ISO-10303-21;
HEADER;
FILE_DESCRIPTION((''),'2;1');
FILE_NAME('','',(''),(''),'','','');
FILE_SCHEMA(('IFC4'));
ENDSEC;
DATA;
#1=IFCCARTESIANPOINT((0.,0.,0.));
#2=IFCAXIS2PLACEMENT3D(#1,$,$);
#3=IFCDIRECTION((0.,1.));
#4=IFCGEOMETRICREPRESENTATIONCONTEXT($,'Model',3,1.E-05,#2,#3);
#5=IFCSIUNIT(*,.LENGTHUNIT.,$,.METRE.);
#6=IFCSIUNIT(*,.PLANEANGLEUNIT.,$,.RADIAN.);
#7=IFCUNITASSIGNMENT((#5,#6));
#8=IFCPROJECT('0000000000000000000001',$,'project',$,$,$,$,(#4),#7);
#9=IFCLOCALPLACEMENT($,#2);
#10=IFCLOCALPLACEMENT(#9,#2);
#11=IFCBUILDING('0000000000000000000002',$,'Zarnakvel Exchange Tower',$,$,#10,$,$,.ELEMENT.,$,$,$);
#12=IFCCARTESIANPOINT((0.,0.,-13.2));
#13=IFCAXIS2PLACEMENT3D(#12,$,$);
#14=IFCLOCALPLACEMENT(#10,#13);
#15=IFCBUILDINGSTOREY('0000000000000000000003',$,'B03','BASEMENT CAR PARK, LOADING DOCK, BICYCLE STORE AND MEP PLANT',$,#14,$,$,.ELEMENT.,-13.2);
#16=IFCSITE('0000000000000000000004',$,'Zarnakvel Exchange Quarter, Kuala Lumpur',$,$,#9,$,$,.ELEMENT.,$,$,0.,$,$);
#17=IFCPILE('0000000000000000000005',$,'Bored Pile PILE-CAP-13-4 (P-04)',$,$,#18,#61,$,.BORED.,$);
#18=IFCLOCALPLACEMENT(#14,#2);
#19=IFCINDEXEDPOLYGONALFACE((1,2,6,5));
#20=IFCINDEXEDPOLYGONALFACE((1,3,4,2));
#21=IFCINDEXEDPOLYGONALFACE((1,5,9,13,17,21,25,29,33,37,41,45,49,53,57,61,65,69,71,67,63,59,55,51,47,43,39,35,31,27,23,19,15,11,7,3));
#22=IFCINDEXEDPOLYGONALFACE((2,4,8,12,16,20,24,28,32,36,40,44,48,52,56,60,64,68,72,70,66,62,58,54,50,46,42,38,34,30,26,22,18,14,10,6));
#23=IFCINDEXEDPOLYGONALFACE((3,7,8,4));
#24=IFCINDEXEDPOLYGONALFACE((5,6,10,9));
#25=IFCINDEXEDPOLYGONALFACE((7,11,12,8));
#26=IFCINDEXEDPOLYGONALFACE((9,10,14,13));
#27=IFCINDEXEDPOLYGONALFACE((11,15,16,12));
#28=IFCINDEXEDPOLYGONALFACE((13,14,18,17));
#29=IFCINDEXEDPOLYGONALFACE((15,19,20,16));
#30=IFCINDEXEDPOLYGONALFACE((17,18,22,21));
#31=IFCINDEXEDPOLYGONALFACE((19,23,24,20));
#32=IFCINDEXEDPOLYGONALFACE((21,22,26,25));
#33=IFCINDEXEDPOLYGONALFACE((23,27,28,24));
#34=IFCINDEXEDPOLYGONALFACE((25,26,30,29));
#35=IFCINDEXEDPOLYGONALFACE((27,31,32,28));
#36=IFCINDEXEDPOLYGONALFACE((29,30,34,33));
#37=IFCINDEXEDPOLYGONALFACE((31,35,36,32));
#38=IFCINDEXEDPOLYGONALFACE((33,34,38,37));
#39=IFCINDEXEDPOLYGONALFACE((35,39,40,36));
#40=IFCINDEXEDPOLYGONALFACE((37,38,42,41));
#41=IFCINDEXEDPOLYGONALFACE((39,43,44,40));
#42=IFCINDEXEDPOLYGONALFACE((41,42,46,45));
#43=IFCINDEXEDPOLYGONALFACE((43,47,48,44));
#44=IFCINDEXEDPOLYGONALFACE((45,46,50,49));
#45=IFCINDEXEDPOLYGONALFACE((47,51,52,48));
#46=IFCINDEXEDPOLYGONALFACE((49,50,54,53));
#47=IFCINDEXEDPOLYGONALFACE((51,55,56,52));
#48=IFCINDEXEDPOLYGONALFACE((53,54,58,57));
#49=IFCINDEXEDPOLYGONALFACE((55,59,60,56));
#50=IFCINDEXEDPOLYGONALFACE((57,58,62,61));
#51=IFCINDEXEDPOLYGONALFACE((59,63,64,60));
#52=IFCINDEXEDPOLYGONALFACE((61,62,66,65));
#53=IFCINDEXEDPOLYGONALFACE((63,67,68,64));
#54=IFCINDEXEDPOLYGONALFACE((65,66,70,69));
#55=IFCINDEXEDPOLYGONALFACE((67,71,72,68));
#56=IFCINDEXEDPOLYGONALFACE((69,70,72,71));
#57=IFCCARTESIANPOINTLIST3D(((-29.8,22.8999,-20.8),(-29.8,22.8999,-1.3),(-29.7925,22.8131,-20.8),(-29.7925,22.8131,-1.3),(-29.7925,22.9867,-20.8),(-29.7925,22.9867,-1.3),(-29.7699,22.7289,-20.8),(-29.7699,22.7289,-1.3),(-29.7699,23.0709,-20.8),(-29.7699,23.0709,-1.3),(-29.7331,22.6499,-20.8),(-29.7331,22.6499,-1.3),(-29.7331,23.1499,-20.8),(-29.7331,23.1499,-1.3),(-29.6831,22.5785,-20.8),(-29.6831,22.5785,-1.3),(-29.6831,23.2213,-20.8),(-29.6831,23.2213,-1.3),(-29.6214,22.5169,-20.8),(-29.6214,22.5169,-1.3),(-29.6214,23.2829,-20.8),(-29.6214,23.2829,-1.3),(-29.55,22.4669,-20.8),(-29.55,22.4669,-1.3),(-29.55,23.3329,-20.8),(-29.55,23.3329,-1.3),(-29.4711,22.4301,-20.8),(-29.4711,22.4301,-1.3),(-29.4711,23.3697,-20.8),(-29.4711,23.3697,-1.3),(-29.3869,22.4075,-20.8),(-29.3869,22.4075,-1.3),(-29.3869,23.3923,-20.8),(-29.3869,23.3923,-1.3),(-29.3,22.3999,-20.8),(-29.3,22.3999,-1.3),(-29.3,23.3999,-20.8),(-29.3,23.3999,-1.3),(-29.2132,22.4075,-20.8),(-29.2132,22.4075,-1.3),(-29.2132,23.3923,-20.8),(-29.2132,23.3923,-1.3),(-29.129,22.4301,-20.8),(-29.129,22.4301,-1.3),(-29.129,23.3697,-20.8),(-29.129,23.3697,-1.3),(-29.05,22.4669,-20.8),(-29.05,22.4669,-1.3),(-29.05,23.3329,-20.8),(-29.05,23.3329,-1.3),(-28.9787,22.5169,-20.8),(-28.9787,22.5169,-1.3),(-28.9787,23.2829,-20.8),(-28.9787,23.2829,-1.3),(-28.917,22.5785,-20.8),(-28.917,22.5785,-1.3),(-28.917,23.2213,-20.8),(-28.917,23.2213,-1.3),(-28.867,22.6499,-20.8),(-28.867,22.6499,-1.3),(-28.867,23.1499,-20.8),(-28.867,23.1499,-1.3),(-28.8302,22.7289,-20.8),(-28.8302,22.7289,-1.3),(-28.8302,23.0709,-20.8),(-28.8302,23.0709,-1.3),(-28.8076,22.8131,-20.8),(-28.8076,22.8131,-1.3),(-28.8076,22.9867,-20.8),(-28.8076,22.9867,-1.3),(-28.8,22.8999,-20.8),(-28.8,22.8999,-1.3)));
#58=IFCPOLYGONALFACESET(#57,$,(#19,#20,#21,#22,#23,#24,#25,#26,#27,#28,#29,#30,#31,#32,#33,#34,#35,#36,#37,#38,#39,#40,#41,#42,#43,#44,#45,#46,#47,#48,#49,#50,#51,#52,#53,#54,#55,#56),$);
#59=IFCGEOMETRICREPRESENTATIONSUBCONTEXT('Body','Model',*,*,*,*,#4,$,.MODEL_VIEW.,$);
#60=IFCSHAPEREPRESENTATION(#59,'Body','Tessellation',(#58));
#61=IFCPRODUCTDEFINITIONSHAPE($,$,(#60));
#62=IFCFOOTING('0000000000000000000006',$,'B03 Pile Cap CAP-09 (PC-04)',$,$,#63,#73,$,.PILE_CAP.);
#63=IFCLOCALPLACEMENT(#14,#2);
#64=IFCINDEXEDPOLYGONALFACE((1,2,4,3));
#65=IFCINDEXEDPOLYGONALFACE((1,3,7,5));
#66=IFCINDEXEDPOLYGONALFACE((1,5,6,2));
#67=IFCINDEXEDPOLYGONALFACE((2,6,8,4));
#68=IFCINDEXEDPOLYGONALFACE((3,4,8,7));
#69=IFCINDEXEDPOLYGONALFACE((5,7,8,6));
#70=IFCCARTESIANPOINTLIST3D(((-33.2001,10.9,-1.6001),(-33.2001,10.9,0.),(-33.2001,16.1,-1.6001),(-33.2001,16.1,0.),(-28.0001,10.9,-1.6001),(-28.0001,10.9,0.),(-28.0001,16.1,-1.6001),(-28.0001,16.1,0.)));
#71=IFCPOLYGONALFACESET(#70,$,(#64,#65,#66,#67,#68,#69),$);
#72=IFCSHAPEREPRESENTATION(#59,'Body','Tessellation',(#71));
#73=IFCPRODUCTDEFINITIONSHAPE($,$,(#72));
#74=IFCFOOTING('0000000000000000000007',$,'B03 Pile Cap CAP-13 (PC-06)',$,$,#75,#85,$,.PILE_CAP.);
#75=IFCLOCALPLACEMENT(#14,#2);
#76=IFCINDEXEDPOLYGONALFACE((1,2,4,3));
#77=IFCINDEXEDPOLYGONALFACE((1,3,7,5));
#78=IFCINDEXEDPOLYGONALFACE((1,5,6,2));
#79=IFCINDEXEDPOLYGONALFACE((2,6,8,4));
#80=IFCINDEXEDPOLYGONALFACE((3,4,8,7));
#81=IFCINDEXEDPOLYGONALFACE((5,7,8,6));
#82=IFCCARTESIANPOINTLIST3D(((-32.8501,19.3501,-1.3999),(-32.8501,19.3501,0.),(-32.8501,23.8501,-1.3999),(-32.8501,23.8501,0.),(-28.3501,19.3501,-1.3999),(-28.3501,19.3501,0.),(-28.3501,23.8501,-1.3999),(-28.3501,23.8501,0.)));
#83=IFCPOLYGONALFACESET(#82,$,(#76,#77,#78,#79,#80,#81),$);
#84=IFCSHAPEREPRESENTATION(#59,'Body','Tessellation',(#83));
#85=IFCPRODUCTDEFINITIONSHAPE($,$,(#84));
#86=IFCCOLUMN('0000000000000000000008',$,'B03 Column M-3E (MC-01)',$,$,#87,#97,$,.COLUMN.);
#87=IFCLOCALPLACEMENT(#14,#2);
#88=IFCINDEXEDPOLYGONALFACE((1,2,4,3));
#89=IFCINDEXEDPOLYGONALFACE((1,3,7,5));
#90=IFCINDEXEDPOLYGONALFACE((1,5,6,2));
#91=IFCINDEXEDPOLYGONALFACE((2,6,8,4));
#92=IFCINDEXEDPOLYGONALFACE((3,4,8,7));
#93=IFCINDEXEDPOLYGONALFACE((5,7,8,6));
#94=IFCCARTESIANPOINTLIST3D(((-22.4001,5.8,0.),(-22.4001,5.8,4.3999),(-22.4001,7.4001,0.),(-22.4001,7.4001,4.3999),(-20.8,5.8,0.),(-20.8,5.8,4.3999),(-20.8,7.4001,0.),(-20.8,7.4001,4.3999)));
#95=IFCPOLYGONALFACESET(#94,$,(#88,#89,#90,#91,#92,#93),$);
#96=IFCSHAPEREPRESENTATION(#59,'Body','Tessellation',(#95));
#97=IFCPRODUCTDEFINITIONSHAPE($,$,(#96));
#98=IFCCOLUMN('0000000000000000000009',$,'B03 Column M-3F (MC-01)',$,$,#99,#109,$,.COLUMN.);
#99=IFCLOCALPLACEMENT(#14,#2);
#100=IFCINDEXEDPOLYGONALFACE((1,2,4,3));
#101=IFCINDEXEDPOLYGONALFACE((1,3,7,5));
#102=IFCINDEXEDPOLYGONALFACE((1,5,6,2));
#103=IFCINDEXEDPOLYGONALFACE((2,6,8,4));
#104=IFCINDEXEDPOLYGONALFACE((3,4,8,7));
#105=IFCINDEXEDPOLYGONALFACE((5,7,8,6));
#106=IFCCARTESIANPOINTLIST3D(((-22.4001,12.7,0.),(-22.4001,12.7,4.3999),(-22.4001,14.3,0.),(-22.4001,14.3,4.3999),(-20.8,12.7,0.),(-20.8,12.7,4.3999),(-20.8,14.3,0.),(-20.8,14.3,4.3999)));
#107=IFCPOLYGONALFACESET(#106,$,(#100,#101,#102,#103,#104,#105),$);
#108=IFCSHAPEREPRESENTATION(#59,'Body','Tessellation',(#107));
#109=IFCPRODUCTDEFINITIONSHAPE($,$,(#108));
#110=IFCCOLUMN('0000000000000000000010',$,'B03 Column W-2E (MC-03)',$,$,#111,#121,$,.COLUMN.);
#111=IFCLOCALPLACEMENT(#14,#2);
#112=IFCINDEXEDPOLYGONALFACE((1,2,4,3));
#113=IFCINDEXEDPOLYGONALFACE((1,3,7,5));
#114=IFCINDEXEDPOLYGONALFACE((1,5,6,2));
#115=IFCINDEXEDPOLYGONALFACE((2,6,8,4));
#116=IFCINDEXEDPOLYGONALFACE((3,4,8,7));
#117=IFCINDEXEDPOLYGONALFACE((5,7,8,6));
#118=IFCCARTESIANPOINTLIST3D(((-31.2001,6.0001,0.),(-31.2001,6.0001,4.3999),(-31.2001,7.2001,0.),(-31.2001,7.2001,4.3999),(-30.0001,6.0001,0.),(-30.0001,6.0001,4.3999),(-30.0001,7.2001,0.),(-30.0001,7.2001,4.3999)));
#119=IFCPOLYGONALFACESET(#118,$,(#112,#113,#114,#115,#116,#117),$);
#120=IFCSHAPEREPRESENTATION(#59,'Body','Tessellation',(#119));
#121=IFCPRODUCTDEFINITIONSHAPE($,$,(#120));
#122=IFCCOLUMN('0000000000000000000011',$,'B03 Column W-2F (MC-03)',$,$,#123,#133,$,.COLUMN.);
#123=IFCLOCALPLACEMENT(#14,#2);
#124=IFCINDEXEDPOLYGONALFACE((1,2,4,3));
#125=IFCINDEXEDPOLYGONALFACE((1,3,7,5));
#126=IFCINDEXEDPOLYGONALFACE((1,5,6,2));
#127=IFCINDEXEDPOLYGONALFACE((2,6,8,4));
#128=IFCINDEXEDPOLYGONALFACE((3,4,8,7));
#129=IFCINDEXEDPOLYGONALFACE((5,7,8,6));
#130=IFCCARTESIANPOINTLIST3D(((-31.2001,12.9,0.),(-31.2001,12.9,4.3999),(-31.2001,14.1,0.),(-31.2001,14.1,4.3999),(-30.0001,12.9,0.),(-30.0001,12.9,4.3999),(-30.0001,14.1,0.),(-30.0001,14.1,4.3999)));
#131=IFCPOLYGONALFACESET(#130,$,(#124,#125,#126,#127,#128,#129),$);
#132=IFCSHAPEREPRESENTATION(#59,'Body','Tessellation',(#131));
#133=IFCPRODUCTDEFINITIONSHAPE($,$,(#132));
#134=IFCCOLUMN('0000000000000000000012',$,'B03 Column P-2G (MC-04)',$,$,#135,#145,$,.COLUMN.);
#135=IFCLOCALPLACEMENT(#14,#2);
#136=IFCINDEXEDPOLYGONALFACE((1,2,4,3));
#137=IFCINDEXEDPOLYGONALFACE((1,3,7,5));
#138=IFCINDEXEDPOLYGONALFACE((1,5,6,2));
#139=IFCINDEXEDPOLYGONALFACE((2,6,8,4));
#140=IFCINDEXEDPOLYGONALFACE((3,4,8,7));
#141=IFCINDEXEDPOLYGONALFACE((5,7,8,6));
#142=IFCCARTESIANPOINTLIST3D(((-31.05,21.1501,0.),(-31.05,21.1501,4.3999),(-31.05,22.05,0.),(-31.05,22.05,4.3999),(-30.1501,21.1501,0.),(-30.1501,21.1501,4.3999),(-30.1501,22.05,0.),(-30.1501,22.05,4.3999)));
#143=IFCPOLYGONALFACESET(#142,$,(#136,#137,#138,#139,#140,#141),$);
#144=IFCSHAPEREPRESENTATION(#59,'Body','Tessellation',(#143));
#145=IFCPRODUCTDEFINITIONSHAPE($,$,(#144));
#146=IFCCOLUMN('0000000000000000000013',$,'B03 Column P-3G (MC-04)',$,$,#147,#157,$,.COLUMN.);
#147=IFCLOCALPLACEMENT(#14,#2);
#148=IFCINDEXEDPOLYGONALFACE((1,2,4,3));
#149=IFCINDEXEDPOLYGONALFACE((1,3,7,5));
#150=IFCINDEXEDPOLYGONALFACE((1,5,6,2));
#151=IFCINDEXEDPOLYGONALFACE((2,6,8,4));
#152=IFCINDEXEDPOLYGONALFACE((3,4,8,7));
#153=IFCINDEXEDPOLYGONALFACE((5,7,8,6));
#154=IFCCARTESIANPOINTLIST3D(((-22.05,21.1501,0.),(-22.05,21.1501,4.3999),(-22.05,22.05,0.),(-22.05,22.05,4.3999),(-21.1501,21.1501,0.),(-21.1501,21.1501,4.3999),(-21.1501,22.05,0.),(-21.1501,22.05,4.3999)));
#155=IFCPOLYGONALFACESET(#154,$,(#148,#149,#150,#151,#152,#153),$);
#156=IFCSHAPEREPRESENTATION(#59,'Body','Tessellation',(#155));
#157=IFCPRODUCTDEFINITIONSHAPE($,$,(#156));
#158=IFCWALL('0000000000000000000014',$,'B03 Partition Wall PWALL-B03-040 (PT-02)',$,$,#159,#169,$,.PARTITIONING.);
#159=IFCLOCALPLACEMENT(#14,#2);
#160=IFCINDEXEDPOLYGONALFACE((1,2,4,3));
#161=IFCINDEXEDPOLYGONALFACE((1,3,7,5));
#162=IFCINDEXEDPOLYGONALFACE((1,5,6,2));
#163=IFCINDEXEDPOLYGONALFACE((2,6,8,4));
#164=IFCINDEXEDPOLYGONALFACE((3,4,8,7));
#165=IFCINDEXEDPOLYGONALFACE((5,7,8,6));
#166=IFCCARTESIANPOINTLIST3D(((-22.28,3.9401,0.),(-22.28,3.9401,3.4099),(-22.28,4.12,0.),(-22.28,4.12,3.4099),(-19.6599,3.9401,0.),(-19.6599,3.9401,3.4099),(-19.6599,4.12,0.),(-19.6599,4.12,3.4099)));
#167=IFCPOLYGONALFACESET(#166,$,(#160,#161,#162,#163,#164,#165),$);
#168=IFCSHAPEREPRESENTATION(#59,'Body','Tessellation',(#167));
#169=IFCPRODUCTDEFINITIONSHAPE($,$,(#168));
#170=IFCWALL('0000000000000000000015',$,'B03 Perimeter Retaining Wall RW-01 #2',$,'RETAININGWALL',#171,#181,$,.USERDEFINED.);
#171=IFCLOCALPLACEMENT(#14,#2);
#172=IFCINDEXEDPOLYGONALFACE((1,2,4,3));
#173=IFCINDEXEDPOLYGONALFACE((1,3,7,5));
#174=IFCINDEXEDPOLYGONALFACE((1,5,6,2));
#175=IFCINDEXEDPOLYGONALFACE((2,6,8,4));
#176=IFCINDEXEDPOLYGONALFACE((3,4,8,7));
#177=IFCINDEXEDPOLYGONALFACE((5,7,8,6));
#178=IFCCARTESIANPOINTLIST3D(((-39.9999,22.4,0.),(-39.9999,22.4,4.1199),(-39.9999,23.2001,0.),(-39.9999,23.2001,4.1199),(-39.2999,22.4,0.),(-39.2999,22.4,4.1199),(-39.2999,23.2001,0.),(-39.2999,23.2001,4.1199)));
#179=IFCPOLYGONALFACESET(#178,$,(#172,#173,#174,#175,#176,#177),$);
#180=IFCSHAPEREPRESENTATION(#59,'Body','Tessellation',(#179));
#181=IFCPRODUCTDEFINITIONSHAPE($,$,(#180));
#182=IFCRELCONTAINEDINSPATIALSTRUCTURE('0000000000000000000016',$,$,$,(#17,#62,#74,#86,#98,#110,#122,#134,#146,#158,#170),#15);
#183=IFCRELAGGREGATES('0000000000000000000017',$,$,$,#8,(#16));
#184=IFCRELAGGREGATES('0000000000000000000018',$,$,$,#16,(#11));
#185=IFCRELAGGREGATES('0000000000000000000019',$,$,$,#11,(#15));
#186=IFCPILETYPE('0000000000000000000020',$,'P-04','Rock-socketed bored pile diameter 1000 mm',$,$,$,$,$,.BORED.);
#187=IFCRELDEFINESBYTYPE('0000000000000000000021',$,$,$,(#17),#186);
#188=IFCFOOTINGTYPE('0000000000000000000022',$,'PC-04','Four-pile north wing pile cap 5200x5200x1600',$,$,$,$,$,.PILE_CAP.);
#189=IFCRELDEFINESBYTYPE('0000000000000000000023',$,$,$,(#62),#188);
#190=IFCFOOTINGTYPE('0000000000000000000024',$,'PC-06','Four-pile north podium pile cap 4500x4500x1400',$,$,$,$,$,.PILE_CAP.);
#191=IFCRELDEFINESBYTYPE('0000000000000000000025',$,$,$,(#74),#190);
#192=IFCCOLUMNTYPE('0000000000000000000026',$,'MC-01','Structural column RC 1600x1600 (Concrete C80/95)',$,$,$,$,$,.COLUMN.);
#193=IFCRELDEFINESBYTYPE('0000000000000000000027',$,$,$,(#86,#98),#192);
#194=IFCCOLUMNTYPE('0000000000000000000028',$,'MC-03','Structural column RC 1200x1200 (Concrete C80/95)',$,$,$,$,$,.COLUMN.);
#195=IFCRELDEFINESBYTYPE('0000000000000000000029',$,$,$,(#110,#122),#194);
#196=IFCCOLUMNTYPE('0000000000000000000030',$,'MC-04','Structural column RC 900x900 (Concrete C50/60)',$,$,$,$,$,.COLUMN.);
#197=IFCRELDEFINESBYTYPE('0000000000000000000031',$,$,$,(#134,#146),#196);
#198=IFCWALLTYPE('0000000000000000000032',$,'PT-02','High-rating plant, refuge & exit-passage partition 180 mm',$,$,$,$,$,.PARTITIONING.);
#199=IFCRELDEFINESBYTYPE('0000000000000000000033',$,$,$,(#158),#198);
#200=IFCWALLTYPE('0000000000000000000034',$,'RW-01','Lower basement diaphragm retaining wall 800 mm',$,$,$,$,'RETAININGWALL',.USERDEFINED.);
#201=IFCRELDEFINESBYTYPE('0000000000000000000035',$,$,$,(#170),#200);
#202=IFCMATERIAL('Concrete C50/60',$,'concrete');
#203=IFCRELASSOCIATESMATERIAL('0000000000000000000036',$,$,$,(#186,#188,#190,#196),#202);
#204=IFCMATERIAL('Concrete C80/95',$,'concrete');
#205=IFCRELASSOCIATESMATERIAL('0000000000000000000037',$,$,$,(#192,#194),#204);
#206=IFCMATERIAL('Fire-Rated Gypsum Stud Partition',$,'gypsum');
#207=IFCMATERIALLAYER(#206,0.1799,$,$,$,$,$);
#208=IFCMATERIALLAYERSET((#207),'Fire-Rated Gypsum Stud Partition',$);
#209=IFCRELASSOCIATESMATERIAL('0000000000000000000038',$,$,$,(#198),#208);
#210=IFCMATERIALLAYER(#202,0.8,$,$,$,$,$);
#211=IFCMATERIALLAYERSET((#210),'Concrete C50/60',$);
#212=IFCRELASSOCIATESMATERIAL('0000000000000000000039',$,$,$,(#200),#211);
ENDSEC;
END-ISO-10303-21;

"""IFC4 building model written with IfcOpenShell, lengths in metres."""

from ifc_helpers import new_model, si_unit, direction, frame, frame_2d, origin, origin_2d, place, context, subcontext, project, spatial, rectangle, circle, extrude, source, transform, mapped, material, layer, layer_set, material_profile, profile_set, type_object, element, save


model = new_model("IFC4")

# Units and contexts
model_context = context("Model", 3, precision=1e-05, world=origin(), true_north=direction((0.0, 1.0)))
body_context = subcontext(model_context, "Body", "Model", "MODEL_VIEW")
ifc_project = project(units=[si_unit("LENGTHUNIT", "METRE"), si_unit("PLANEANGLEUNIT", "RADIAN")], contexts=[model_context])

# Site, building, storey
site_placement = place(None, origin())
site = spatial("IfcSite", under=ifc_project, at=site_placement, Name="Zarnakvel Exchange Quarter, Kuala Lumpur", CompositionType="ELEMENT", RefElevation=0.0)
building_placement = place(site_placement, origin())
building = spatial("IfcBuilding", under=site, at=building_placement, Name="Zarnakvel Exchange Tower", CompositionType="ELEMENT")
storey_placement = place(building_placement, frame((0.0, 0.0, -13.2)))
storey = spatial("IfcBuildingStorey", under=building, at=storey_placement, Name="B03", Description="BASEMENT CAR PARK, LOADING DOCK, BICYCLE STORE AND MEP PLANT", CompositionType="ELEMENT", Elevation=-13.2)

# Shared definitions
ifc_material_1 = material(Name="Concrete C50/60", Category="concrete")

# Pile
ifc_material_profile_1 = material_profile(ifc_material_1, circle(Radius=0.5, at=origin_2d()))
ifc_profile_set_1 = profile_set([ifc_material_profile_1], Name="Concrete C50/60")
pile_type_1 = type_object("IfcPileType", Name="P-04", Description="Rock-socketed bored pile diameter 1000 mm", PredefinedType="BORED", material=ifc_profile_set_1)
for number, where, z_axis, x_axis, name in (
    (1, (-29.3, 22.8999, -1.3), (0.0, 0.0, -1.0), (1.0, 0.0, 0.0), "Bored Pile PILE-CAP-13-4 (P-04)"),
):
    element("IfcPile", number, at=place(storey_placement, frame(where, z_axis=z_axis, x_axis=x_axis)), inside=storey, type_object=pile_type_1, Name=name, PredefinedType="BORED", context=body_context, shape_type="SweptSolid", body=[
        extrude(circle(Radius=0.5, at=origin_2d()), origin(), (0.0, 0.0, 1.0), 19.5),
    ])

# Footings
footing_type_1 = type_object("IfcFootingType", Name="PC-04", Description="Four-pile north wing pile cap 5200x5200x1600", PredefinedType="PILE_CAP", material=ifc_material_1)
shared_shape_1 = source(origin(), body_context, "Body", "SweptSolid", [
    extrude(rectangle(XDim=5.2, YDim=5.2, at=origin_2d()), origin(), (0.0, 0.0, 1.0), 1.6001),
])
footing_1_placement = place(storey_placement, frame((-30.6001, 13.5, -1.6001), z_axis=(0.0, 0.0, 1.0), x_axis=(1.0, 0.0, 0.0)))
element("IfcFooting", 2, at=footing_1_placement, inside=storey, type_object=footing_type_1, Name="B03 Pile Cap CAP-09 (PC-04)", PredefinedType="PILE_CAP", context=body_context, shape_type="MappedRepresentation", body=[
    mapped(shared_shape_1, transform((0.0, 0.0, 0.0), x_axis=(1.0, 0.0, 0.0), y_axis=(0.0, 1.0, 0.0), z_axis=(0.0, 0.0, 1.0), scale=1.0)),
])
footing_type_2 = type_object("IfcFootingType", Name="PC-06", Description="Four-pile north podium pile cap 4500x4500x1400", PredefinedType="PILE_CAP", material=ifc_material_1)
shared_shape_2 = source(origin(), body_context, "Body", "SweptSolid", [
    extrude(rectangle(XDim=4.5, YDim=4.5, at=origin_2d()), origin(), (0.0, 0.0, 1.0), 1.3999),
])
footing_2_placement = place(storey_placement, frame((-30.6001, 21.6001, -1.3999), z_axis=(0.0, 0.0, 1.0), x_axis=(1.0, 0.0, 0.0)))
element("IfcFooting", 3, at=footing_2_placement, inside=storey, type_object=footing_type_2, Name="B03 Pile Cap CAP-13 (PC-06)", PredefinedType="PILE_CAP", context=body_context, shape_type="MappedRepresentation", body=[
    mapped(shared_shape_2, transform((0.0, 0.0, 0.0), x_axis=(1.0, 0.0, 0.0), y_axis=(0.0, 1.0, 0.0), z_axis=(0.0, 0.0, 1.0), scale=1.0)),
])

# Columns
ifc_material_2 = material(Name="Concrete C80/95", Category="concrete")
ifc_material_profile_2 = material_profile(ifc_material_2, rectangle(XDim=1.6001, YDim=1.6001, at=origin_2d()))
ifc_profile_set_2 = profile_set([ifc_material_profile_2], Name="Concrete C80/95")
column_type_1 = type_object("IfcColumnType", Name="MC-01", Description="Structural column RC 1600x1600 (Concrete C80/95)", PredefinedType="COLUMN", material=ifc_profile_set_2)
for number, where, z_axis, x_axis, name in (
    (4, (-21.6001, 6.6001, 0.0), (0.0, 0.0, 1.0), (1.0, 0.0, 0.0), "B03 Column M-3E (MC-01)"),
    (5, (-21.6001, 13.5, 0.0), (0.0, 0.0, 1.0), (1.0, 0.0, 0.0), "B03 Column M-3F (MC-01)"),
):
    element("IfcColumn", number, at=place(storey_placement, frame(where, z_axis=z_axis, x_axis=x_axis)), inside=storey, type_object=column_type_1, Name=name, PredefinedType="COLUMN", context=body_context, shape_type="SweptSolid", body=[
        extrude(rectangle(XDim=1.6001, YDim=1.6001, at=origin_2d()), origin(), (0.0, 0.0, 1.0), 4.3999),
    ])
ifc_material_profile_3 = material_profile(ifc_material_2, rectangle(XDim=1.2, YDim=1.2, at=origin_2d()))
ifc_profile_set_3 = profile_set([ifc_material_profile_3], Name="Concrete C80/95")
column_type_2 = type_object("IfcColumnType", Name="MC-03", Description="Structural column RC 1200x1200 (Concrete C80/95)", PredefinedType="COLUMN", material=ifc_profile_set_3)
for number, where, z_axis, x_axis, name in (
    (6, (-30.6001, 6.6001, 0.0), (0.0, 0.0, 1.0), (1.0, 0.0, 0.0), "B03 Column W-2E (MC-03)"),
    (7, (-30.6001, 13.5, 0.0), (0.0, 0.0, 1.0), (1.0, 0.0, 0.0), "B03 Column W-2F (MC-03)"),
):
    element("IfcColumn", number, at=place(storey_placement, frame(where, z_axis=z_axis, x_axis=x_axis)), inside=storey, type_object=column_type_2, Name=name, PredefinedType="COLUMN", context=body_context, shape_type="SweptSolid", body=[
        extrude(rectangle(XDim=1.2, YDim=1.2, at=origin_2d()), origin(), (0.0, 0.0, 1.0), 4.3999),
    ])
ifc_material_profile_4 = material_profile(ifc_material_1, rectangle(XDim=0.8999, YDim=0.8999, at=origin_2d()))
ifc_profile_set_4 = profile_set([ifc_material_profile_4], Name="Concrete C50/60")
column_type_3 = type_object("IfcColumnType", Name="MC-04", Description="Structural column RC 900x900 (Concrete C50/60)", PredefinedType="COLUMN", material=ifc_profile_set_4)
for number, where, z_axis, x_axis, name in (
    (8, (-30.6001, 21.6001, 0.0), (0.0, 0.0, 1.0), (1.0, 0.0, 0.0), "B03 Column P-2G (MC-04)"),
    (9, (-21.6001, 21.6001, 0.0), (0.0, 0.0, 1.0), (1.0, 0.0, 0.0), "B03 Column P-3G (MC-04)"),
):
    element("IfcColumn", number, at=place(storey_placement, frame(where, z_axis=z_axis, x_axis=x_axis)), inside=storey, type_object=column_type_3, Name=name, PredefinedType="COLUMN", context=body_context, shape_type="SweptSolid", body=[
        extrude(rectangle(XDim=0.8999, YDim=0.8999, at=origin_2d()), origin(), (0.0, 0.0, 1.0), 4.3999),
    ])

# Walls
ifc_material_3 = material(Name="Fire-Rated Gypsum Stud Partition", Category="gypsum")
ifc_layer_1 = layer(ifc_material_3, 0.1799)
ifc_layer_set_1 = layer_set([ifc_layer_1], Name="Fire-Rated Gypsum Stud Partition")
wall_type_1 = type_object("IfcWallType", Name="PT-02", Description="High-rating plant, refuge & exit-passage partition 180 mm", PredefinedType="PARTITIONING", material=ifc_layer_set_1)
wall_1_placement = place(storey_placement, frame((-22.28, 4.03, 0.0), z_axis=(0.0, 0.0, 1.0), x_axis=(1.0, 0.0, 0.0)))
element("IfcWall", 10, at=wall_1_placement, inside=storey, type_object=wall_type_1, Name="B03 Partition Wall PWALL-B03-040 (PT-02)", PredefinedType="PARTITIONING", context=body_context, shape_type="SweptSolid", body=[
    extrude(rectangle(XDim=2.6201, YDim=0.1799, at=frame_2d((1.3101, 0.0))), origin(), (0.0, 0.0, 1.0), 3.4099),
])
ifc_layer_2 = layer(ifc_material_1, 0.8)
ifc_layer_set_2 = layer_set([ifc_layer_2], Name="Concrete C50/60")
wall_type_2 = type_object("IfcWallType", Name="RW-01", Description="Lower basement diaphragm retaining wall 800 mm", ElementType="RETAININGWALL", PredefinedType="USERDEFINED", material=ifc_layer_set_2)
wall_2_placement = place(storey_placement, frame((-40.0, 22.8, 0.0), z_axis=(0.0, 0.0, 1.0), x_axis=(1.0, 0.0, 0.0)))
element("IfcWall", 11, at=wall_2_placement, inside=storey, type_object=wall_type_2, Name="B03 Perimeter Retaining Wall RW-01 #2", ObjectType="RETAININGWALL", PredefinedType="USERDEFINED", context=body_context, shape_type="SweptSolid", body=[
    extrude(rectangle(XDim=0.7, YDim=0.8, at=frame_2d((0.3501, 0.0))), origin(), (0.0, 0.0, 1.0), 4.1199),
])

save(model, "model.ifc")
